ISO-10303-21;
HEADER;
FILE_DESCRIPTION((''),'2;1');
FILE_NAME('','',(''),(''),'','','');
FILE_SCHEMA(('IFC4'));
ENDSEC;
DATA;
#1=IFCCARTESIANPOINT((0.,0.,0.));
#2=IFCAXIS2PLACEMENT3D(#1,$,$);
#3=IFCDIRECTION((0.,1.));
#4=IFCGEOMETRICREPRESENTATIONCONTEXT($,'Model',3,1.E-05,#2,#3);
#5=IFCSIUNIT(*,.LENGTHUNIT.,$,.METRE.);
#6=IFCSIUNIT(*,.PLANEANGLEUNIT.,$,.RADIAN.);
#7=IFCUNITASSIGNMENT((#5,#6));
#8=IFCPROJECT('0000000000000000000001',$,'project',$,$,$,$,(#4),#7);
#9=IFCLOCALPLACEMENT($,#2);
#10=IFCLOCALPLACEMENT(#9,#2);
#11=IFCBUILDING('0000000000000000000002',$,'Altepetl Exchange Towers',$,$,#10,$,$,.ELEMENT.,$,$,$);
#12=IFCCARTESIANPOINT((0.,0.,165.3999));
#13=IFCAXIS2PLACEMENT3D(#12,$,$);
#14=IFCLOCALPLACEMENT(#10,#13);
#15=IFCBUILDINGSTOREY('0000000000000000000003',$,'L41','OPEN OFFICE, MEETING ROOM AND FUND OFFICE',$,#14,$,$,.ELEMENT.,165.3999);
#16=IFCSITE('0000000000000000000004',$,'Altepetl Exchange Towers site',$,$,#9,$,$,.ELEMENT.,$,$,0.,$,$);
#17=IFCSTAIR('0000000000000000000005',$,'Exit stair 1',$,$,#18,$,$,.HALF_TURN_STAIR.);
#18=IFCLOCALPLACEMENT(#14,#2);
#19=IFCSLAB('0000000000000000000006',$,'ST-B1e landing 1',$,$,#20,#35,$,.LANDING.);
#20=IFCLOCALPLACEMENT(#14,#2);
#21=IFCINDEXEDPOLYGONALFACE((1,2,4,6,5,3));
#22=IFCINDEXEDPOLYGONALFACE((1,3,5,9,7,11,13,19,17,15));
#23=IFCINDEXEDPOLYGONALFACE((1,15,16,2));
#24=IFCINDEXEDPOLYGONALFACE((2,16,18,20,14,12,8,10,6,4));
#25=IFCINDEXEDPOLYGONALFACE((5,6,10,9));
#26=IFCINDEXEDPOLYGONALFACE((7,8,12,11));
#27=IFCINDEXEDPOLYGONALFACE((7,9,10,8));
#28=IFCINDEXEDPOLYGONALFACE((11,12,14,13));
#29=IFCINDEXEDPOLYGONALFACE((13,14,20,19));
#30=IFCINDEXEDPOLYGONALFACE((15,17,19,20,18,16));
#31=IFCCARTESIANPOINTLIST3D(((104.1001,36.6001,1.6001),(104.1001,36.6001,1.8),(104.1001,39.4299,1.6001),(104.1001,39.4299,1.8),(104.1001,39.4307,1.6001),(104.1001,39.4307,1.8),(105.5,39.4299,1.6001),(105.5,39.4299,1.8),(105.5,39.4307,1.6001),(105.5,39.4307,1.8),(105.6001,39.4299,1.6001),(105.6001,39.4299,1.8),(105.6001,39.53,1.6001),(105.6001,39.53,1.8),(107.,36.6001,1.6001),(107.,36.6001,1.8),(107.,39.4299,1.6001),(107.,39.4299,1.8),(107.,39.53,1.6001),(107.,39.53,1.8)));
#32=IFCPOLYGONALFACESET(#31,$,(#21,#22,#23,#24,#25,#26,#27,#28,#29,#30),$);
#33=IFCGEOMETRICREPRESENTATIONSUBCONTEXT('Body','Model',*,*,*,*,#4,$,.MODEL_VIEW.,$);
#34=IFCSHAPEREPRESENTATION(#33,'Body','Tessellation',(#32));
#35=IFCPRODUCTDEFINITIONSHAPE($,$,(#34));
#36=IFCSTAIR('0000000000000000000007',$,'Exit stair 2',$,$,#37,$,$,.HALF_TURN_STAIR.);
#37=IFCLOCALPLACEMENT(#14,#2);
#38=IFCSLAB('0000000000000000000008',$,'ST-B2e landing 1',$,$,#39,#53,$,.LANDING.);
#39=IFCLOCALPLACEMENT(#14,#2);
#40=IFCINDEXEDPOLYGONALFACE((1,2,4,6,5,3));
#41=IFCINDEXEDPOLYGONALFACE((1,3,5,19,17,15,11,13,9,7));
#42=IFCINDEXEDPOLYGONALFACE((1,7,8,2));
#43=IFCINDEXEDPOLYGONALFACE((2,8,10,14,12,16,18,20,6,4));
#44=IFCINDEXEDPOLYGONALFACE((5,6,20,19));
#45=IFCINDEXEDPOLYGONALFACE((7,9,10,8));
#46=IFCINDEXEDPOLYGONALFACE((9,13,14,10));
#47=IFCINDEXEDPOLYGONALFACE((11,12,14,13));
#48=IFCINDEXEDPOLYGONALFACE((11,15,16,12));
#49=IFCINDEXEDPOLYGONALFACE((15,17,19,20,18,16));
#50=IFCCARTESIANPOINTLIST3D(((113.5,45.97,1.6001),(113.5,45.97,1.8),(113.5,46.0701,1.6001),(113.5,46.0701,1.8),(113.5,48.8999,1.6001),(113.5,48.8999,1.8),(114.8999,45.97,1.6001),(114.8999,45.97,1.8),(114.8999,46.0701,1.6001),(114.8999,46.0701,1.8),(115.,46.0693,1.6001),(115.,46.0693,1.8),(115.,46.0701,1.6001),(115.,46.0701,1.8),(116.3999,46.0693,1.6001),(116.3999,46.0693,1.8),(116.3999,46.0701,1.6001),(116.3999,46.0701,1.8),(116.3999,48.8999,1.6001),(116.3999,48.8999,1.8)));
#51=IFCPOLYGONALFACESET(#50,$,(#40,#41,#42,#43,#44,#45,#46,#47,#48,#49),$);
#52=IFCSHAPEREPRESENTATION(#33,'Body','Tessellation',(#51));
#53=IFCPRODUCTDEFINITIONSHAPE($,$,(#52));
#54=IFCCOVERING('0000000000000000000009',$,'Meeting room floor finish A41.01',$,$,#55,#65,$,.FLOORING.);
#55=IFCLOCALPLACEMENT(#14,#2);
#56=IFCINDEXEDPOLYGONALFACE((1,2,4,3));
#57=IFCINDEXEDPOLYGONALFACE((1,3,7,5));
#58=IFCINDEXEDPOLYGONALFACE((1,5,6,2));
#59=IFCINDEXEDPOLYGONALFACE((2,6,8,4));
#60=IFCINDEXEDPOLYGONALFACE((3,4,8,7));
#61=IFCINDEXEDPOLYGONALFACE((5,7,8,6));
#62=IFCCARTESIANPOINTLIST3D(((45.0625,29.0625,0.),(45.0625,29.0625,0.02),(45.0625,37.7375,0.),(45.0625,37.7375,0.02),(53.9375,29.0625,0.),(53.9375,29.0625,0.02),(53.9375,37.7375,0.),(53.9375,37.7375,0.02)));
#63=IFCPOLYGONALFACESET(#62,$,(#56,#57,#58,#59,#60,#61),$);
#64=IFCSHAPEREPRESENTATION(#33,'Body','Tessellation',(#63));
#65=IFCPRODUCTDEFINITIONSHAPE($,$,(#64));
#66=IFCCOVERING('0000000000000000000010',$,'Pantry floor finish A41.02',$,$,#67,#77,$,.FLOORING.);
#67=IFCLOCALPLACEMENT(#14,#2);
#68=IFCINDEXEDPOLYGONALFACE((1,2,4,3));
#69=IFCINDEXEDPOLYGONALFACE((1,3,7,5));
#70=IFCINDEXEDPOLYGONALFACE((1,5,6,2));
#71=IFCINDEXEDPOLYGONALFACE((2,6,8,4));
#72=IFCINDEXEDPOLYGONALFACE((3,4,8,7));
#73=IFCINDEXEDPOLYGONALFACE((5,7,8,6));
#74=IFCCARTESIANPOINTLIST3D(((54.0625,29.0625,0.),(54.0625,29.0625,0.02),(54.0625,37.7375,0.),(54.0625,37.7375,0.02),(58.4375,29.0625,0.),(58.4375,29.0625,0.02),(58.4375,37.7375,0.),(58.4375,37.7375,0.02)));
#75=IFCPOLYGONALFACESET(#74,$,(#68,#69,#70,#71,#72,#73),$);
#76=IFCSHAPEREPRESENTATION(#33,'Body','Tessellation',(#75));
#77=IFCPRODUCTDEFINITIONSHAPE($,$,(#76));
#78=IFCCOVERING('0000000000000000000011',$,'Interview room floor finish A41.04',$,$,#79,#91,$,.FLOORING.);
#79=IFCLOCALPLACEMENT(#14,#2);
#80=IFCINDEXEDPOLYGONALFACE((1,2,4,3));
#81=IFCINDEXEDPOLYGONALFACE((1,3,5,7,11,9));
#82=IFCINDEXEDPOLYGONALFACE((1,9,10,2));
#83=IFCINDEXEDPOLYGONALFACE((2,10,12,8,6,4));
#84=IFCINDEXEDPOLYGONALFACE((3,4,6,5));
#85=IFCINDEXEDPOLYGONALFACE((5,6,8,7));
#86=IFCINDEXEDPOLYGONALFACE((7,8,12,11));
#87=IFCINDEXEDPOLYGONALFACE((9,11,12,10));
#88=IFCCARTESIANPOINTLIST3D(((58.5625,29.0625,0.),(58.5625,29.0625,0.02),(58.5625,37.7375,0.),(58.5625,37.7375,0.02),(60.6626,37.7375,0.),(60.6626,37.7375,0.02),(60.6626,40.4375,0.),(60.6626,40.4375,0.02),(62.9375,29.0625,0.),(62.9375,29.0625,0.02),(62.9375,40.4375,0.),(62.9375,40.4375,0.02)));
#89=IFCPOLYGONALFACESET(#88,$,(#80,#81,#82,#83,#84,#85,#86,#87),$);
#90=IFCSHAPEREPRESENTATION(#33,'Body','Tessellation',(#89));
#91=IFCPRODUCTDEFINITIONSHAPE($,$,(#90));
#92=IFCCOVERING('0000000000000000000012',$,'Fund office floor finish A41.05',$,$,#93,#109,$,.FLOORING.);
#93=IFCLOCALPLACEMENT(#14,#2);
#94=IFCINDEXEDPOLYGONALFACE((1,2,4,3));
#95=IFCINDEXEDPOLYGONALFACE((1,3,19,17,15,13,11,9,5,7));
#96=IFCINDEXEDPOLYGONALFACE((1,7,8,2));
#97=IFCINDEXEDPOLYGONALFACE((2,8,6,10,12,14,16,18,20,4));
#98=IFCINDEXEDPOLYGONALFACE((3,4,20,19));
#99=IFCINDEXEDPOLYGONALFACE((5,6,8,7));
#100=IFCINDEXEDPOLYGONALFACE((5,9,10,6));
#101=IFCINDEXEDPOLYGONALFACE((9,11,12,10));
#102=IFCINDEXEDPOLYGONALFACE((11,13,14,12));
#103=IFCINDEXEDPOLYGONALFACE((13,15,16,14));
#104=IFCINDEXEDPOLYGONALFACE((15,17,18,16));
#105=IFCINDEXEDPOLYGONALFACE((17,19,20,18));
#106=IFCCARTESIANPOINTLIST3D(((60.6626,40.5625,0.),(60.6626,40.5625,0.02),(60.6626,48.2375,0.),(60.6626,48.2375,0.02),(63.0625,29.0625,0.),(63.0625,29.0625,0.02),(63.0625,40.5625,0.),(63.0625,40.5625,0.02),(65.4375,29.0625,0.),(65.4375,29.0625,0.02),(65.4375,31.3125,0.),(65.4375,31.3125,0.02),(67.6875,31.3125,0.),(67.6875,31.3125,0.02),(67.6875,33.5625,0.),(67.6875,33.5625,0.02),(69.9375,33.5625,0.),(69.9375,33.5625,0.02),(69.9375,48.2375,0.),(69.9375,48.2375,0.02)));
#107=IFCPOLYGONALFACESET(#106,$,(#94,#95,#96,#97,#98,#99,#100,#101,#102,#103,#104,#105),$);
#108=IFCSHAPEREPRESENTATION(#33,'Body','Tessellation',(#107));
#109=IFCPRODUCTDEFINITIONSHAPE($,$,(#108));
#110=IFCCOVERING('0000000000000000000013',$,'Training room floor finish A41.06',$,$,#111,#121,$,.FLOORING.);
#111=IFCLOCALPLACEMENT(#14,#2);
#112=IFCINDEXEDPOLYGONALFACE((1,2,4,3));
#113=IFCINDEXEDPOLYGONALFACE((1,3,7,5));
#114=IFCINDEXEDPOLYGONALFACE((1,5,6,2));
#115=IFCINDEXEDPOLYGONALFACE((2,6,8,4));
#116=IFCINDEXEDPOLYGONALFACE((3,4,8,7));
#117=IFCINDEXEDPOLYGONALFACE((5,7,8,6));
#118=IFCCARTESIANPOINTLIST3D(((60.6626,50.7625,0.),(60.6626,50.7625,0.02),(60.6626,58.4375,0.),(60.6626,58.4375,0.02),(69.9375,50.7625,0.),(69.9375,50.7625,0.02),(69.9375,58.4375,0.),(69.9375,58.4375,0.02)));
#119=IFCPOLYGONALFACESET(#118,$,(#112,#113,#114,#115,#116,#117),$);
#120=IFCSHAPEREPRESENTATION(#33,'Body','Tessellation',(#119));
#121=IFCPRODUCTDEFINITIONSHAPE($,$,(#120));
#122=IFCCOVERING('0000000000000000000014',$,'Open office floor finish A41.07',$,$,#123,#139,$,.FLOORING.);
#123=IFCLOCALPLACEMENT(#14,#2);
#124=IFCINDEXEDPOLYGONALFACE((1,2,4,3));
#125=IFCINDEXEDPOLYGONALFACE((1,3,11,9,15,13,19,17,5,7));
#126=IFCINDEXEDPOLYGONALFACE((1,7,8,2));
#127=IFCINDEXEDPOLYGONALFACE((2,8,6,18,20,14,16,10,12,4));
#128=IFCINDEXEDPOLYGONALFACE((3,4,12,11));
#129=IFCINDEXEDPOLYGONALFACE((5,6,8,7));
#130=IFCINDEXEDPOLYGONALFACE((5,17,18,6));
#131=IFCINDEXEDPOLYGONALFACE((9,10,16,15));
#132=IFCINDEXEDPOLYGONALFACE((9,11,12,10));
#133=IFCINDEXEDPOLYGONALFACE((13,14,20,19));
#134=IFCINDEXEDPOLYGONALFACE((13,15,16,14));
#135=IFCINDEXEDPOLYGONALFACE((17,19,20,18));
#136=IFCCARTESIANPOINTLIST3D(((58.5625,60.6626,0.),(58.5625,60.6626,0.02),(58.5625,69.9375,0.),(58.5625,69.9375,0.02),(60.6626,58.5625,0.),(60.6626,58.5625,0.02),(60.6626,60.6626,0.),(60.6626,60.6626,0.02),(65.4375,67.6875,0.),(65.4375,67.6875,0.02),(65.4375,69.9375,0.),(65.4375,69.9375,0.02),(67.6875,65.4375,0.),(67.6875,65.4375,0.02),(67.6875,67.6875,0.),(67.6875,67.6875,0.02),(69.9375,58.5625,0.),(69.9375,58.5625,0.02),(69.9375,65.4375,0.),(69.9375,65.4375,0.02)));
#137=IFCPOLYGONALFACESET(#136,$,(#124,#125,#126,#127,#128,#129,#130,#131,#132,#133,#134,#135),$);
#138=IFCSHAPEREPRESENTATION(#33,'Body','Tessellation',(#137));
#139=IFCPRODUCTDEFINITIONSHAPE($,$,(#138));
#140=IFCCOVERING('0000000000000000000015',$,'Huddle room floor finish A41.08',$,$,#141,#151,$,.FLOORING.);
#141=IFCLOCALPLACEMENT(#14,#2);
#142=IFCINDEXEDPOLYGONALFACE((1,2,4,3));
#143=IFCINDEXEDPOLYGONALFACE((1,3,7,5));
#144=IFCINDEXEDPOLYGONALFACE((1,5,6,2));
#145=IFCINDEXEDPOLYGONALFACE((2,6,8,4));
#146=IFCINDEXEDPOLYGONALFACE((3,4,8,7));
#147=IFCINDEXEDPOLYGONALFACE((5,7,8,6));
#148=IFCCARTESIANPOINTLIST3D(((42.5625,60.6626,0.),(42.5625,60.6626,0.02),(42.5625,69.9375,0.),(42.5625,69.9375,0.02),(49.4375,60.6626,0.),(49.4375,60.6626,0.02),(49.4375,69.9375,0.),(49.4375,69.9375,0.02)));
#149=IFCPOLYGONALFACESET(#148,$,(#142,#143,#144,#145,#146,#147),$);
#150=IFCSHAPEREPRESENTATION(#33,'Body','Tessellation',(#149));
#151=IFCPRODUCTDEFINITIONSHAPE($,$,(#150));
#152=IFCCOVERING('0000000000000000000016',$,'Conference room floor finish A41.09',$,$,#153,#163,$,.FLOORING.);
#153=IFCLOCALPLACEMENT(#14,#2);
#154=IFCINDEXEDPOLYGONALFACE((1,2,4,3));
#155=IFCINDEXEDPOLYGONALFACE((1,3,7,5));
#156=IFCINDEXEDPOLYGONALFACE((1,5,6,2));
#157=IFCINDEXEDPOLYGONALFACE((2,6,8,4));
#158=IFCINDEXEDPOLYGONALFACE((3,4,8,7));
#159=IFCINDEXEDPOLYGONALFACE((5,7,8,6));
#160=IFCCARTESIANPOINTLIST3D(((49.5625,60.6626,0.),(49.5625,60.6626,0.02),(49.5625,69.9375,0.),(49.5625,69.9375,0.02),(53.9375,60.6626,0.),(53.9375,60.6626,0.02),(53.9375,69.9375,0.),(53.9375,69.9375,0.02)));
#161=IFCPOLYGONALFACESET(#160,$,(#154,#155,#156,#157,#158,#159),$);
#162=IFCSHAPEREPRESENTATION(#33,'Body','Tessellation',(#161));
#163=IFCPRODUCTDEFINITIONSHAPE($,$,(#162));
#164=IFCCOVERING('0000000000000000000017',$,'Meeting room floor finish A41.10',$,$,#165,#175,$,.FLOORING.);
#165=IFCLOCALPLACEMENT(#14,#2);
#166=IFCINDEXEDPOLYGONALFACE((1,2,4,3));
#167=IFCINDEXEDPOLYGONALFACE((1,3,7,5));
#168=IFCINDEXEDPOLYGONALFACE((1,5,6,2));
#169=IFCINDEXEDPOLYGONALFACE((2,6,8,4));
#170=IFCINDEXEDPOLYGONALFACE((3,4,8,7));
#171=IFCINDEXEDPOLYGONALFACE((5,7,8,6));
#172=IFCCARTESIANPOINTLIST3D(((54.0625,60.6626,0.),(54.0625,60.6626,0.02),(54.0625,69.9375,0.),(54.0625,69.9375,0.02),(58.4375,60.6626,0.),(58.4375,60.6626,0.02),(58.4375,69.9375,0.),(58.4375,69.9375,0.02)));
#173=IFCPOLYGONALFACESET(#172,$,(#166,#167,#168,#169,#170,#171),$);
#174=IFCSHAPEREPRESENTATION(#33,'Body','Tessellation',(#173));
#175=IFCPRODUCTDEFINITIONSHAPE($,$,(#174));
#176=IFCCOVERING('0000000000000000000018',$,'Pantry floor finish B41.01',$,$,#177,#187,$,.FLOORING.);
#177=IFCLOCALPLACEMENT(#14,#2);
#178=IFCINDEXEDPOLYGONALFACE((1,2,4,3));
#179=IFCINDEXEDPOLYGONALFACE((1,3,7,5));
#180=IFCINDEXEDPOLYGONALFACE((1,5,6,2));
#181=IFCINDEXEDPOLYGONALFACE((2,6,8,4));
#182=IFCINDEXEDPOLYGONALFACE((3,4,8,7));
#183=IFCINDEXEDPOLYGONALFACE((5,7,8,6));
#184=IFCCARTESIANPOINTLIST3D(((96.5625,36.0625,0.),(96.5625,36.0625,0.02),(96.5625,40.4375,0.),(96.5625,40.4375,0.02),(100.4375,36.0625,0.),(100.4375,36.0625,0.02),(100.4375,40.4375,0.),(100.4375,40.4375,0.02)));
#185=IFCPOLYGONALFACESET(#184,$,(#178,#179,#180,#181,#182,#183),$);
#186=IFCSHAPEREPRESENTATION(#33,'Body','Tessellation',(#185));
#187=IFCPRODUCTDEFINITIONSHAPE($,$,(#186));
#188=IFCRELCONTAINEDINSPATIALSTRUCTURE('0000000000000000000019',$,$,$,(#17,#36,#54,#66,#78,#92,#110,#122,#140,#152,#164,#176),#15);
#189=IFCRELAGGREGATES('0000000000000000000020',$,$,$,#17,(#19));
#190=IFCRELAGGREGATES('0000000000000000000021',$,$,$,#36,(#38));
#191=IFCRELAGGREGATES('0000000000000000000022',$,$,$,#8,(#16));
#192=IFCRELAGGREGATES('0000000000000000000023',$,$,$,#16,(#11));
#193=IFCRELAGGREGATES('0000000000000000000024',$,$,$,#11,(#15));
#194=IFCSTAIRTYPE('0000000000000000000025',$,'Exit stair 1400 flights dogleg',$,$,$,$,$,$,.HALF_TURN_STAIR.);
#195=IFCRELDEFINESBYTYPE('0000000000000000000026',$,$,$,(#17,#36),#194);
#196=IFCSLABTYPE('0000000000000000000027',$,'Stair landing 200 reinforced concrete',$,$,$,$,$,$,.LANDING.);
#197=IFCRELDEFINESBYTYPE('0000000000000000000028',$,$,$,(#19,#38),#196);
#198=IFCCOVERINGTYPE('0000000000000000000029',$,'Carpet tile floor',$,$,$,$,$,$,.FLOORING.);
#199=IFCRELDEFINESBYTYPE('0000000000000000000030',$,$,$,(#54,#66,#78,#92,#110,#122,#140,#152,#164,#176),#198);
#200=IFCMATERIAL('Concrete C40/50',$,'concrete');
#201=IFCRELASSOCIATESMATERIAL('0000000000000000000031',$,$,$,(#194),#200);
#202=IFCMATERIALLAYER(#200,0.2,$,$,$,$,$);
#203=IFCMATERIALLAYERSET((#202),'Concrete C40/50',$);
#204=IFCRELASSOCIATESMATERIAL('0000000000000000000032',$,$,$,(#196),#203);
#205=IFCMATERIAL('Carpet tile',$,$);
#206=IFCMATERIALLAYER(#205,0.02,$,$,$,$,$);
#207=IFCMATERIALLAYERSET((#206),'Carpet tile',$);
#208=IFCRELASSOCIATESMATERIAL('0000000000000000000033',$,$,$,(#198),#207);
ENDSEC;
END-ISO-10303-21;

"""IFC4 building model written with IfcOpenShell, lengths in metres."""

from ifc_helpers import new_model, si_unit, direction, frame, origin, place, context, subcontext, project, spatial, polyline, outline, extrude, material, layer, layer_set, type_object, element, aggregate, save


model = new_model("IFC4")

# Units and contexts
model_context = context("Model", 3, precision=1e-05, world=origin(), true_north=direction((0.0, 1.0)))
body_context = subcontext(model_context, "Body", "Model", "MODEL_VIEW")
ifc_project = project(units=[si_unit("LENGTHUNIT", "METRE"), si_unit("PLANEANGLEUNIT", "RADIAN")], contexts=[model_context])

# Site, building, storey
site_placement = place(None, origin())
site = spatial("IfcSite", under=ifc_project, at=site_placement, Name="Altepetl Exchange Towers site", CompositionType="ELEMENT", RefElevation=0.0)
building_placement = place(site_placement, origin())
building = spatial("IfcBuilding", under=site, at=building_placement, Name="Altepetl Exchange Towers", CompositionType="ELEMENT")
storey_placement = place(building_placement, frame((0.0, 0.0, 165.3999)))
storey = spatial("IfcBuildingStorey", under=building, at=storey_placement, Name="L41", Description="OPEN OFFICE, MEETING ROOM AND FUND OFFICE", CompositionType="ELEMENT", Elevation=165.3999)

# Shared definitions
ifc_material_1 = material(Name="Concrete C40/50", Category="concrete")

# Stairs, slabs
stair_type = type_object("IfcStairType", Name="Exit stair 1400 flights dogleg", PredefinedType="HALF_TURN_STAIR", material=ifc_material_1)
ifc_layer_1 = layer(ifc_material_1, 0.2)
ifc_layer_set_1 = layer_set([ifc_layer_1], Name="Concrete C40/50")
slab_type_1 = type_object("IfcSlabType", Name="Stair landing 200 reinforced concrete", PredefinedType="LANDING", material=ifc_layer_set_1)
stair_1_placement = place(storey_placement, origin())
stair_1 = element("IfcStair", 1, at=stair_1_placement, inside=storey, type_object=stair_type, Name="Exit stair 1", PredefinedType="HALF_TURN_STAIR")
slab_1_placement = place(storey_placement, frame((0.0, 0.0, 1.6001)))
slab_1 = element("IfcSlab", 2, at=slab_1_placement, type_object=slab_type_1, Name="ST-B1e landing 1", PredefinedType="LANDING", context=body_context, shape_type="SweptSolid", body=[
    extrude(outline(polyline([(107.0, 36.6001), (104.1001, 36.6001), (104.1001, 39.4299), (104.1001, 39.4307), (105.5, 39.4307), (105.5, 39.4299), (105.6001, 39.4299), (105.6001, 39.53), (107.0, 39.53), (107.0, 39.4299), (107.0, 36.6001)])), origin(), (0.0, 0.0, 1.0), 0.2),
])
aggregate(stair_1, [slab_1])
stair_2_placement = place(storey_placement, origin())
stair_2 = element("IfcStair", 3, at=stair_2_placement, inside=storey, type_object=stair_type, Name="Exit stair 2", PredefinedType="HALF_TURN_STAIR")
slab_2_placement = place(storey_placement, frame((0.0, 0.0, 1.6001)))
slab_2 = element("IfcSlab", 4, at=slab_2_placement, type_object=slab_type_1, Name="ST-B2e landing 1", PredefinedType="LANDING", context=body_context, shape_type="SweptSolid", body=[
    extrude(outline(polyline([(114.8999, 45.97), (113.5, 45.97), (113.5, 46.0701), (113.5, 48.8999), (116.3999, 48.8999), (116.3999, 46.0701), (116.3999, 46.0693), (115.0, 46.0693), (115.0, 46.0701), (114.8999, 46.0701), (114.8999, 45.97)])), origin(), (0.0, 0.0, 1.0), 0.2),
])
aggregate(stair_2, [slab_2])

# Coverings
ifc_material_2 = material(Name="Carpet tile")
ifc_layer_2 = layer(ifc_material_2, 0.02)
ifc_layer_set_2 = layer_set([ifc_layer_2], Name="Carpet tile")
covering_type_1 = type_object("IfcCoveringType", Name="Carpet tile floor", PredefinedType="FLOORING", material=ifc_layer_set_2)
covering_1_placement = place(storey_placement, origin())
element("IfcCovering", 5, at=covering_1_placement, inside=storey, type_object=covering_type_1, Name="Meeting room floor finish A41.01", PredefinedType="FLOORING", context=body_context, shape_type="SweptSolid", body=[
    extrude(outline(polyline([(53.9375, 29.0625), (53.9375, 37.7375), (45.0625, 37.7375), (45.0625, 29.0625), (53.9375, 29.0625)])), origin(), (0.0, 0.0, 1.0), 0.02),
])
covering_2_placement = place(storey_placement, origin())
element("IfcCovering", 6, at=covering_2_placement, inside=storey, type_object=covering_type_1, Name="Pantry floor finish A41.02", PredefinedType="FLOORING", context=body_context, shape_type="SweptSolid", body=[
    extrude(outline(polyline([(58.4375, 29.0625), (58.4375, 37.7375), (54.0625, 37.7375), (54.0625, 29.0625), (58.4375, 29.0625)])), origin(), (0.0, 0.0, 1.0), 0.02),
])
covering_3_placement = place(storey_placement, origin())
element("IfcCovering", 7, at=covering_3_placement, inside=storey, type_object=covering_type_1, Name="Interview room floor finish A41.04", PredefinedType="FLOORING", context=body_context, shape_type="SweptSolid", body=[
    extrude(outline(polyline([(62.9375, 29.0625), (62.9375, 40.4375), (60.6626, 40.4375), (60.6626, 37.7375), (58.5625, 37.7375), (58.5625, 29.0625), (62.9375, 29.0625)])), origin(), (0.0, 0.0, 1.0), 0.02),
])
covering_4_placement = place(storey_placement, origin())
element("IfcCovering", 8, at=covering_4_placement, inside=storey, type_object=covering_type_1, Name="Fund office floor finish A41.05", PredefinedType="FLOORING", context=body_context, shape_type="SweptSolid", body=[
    extrude(outline(polyline([(67.6875, 31.3125), (67.6875, 33.5625), (69.9375, 33.5625), (69.9375, 48.2375), (60.6626, 48.2375), (60.6626, 40.5625), (63.0625, 40.5625), (63.0625, 29.0625), (65.4375, 29.0625), (65.4375, 31.3125), (67.6875, 31.3125)])), origin(), (0.0, 0.0, 1.0), 0.02),
])
covering_5_placement = place(storey_placement, origin())
element("IfcCovering", 9, at=covering_5_placement, inside=storey, type_object=covering_type_1, Name="Training room floor finish A41.06", PredefinedType="FLOORING", context=body_context, shape_type="SweptSolid", body=[
    extrude(outline(polyline([(69.9375, 58.4375), (60.6626, 58.4375), (60.6626, 50.7625), (69.9375, 50.7625), (69.9375, 58.4375)])), origin(), (0.0, 0.0, 1.0), 0.02),
])
covering_6_placement = place(storey_placement, origin())
element("IfcCovering", 10, at=covering_6_placement, inside=storey, type_object=covering_type_1, Name="Open office floor finish A41.07", PredefinedType="FLOORING", context=body_context, shape_type="SweptSolid", body=[
    extrude(outline(polyline([(60.6626, 58.5625), (69.9375, 58.5625), (69.9375, 65.4375), (67.6875, 65.4375), (67.6875, 67.6875), (65.4375, 67.6875), (65.4375, 69.9375), (58.5625, 69.9375), (58.5625, 60.6626), (60.6626, 60.6626), (60.6626, 58.5625)])), origin(), (0.0, 0.0, 1.0), 0.02),
])
covering_7_placement = place(storey_placement, origin())
element("IfcCovering", 11, at=covering_7_placement, inside=storey, type_object=covering_type_1, Name="Huddle room floor finish A41.08", PredefinedType="FLOORING", context=body_context, shape_type="SweptSolid", body=[
    extrude(outline(polyline([(49.4375, 60.6626), (49.4375, 69.9375), (42.5625, 69.9375), (42.5625, 60.6626), (49.4375, 60.6626)])), origin(), (0.0, 0.0, 1.0), 0.02),
])
covering_8_placement = place(storey_placement, origin())
element("IfcCovering", 12, at=covering_8_placement, inside=storey, type_object=covering_type_1, Name="Conference room floor finish A41.09", PredefinedType="FLOORING", context=body_context, shape_type="SweptSolid", body=[
    extrude(outline(polyline([(53.9375, 60.6626), (53.9375, 69.9375), (49.5625, 69.9375), (49.5625, 60.6626), (53.9375, 60.6626)])), origin(), (0.0, 0.0, 1.0), 0.02),
])
covering_9_placement = place(storey_placement, origin())
element("IfcCovering", 13, at=covering_9_placement, inside=storey, type_object=covering_type_1, Name="Meeting room floor finish A41.10", PredefinedType="FLOORING", context=body_context, shape_type="SweptSolid", body=[
    extrude(outline(polyline([(58.4375, 60.6626), (58.4375, 69.9375), (54.0625, 69.9375), (54.0625, 60.6626), (58.4375, 60.6626)])), origin(), (0.0, 0.0, 1.0), 0.02),
])
covering_10_placement = place(storey_placement, origin())
element("IfcCovering", 14, at=covering_10_placement, inside=storey, type_object=covering_type_1, Name="Pantry floor finish B41.01", PredefinedType="FLOORING", context=body_context, shape_type="SweptSolid", body=[
    extrude(outline(polyline([(100.4375, 40.4375), (96.5625, 40.4375), (96.5625, 36.0625), (100.4375, 36.0625), (100.4375, 40.4375)])), origin(), (0.0, 0.0, 1.0), 0.02),
])

save(model, "model.ifc")
